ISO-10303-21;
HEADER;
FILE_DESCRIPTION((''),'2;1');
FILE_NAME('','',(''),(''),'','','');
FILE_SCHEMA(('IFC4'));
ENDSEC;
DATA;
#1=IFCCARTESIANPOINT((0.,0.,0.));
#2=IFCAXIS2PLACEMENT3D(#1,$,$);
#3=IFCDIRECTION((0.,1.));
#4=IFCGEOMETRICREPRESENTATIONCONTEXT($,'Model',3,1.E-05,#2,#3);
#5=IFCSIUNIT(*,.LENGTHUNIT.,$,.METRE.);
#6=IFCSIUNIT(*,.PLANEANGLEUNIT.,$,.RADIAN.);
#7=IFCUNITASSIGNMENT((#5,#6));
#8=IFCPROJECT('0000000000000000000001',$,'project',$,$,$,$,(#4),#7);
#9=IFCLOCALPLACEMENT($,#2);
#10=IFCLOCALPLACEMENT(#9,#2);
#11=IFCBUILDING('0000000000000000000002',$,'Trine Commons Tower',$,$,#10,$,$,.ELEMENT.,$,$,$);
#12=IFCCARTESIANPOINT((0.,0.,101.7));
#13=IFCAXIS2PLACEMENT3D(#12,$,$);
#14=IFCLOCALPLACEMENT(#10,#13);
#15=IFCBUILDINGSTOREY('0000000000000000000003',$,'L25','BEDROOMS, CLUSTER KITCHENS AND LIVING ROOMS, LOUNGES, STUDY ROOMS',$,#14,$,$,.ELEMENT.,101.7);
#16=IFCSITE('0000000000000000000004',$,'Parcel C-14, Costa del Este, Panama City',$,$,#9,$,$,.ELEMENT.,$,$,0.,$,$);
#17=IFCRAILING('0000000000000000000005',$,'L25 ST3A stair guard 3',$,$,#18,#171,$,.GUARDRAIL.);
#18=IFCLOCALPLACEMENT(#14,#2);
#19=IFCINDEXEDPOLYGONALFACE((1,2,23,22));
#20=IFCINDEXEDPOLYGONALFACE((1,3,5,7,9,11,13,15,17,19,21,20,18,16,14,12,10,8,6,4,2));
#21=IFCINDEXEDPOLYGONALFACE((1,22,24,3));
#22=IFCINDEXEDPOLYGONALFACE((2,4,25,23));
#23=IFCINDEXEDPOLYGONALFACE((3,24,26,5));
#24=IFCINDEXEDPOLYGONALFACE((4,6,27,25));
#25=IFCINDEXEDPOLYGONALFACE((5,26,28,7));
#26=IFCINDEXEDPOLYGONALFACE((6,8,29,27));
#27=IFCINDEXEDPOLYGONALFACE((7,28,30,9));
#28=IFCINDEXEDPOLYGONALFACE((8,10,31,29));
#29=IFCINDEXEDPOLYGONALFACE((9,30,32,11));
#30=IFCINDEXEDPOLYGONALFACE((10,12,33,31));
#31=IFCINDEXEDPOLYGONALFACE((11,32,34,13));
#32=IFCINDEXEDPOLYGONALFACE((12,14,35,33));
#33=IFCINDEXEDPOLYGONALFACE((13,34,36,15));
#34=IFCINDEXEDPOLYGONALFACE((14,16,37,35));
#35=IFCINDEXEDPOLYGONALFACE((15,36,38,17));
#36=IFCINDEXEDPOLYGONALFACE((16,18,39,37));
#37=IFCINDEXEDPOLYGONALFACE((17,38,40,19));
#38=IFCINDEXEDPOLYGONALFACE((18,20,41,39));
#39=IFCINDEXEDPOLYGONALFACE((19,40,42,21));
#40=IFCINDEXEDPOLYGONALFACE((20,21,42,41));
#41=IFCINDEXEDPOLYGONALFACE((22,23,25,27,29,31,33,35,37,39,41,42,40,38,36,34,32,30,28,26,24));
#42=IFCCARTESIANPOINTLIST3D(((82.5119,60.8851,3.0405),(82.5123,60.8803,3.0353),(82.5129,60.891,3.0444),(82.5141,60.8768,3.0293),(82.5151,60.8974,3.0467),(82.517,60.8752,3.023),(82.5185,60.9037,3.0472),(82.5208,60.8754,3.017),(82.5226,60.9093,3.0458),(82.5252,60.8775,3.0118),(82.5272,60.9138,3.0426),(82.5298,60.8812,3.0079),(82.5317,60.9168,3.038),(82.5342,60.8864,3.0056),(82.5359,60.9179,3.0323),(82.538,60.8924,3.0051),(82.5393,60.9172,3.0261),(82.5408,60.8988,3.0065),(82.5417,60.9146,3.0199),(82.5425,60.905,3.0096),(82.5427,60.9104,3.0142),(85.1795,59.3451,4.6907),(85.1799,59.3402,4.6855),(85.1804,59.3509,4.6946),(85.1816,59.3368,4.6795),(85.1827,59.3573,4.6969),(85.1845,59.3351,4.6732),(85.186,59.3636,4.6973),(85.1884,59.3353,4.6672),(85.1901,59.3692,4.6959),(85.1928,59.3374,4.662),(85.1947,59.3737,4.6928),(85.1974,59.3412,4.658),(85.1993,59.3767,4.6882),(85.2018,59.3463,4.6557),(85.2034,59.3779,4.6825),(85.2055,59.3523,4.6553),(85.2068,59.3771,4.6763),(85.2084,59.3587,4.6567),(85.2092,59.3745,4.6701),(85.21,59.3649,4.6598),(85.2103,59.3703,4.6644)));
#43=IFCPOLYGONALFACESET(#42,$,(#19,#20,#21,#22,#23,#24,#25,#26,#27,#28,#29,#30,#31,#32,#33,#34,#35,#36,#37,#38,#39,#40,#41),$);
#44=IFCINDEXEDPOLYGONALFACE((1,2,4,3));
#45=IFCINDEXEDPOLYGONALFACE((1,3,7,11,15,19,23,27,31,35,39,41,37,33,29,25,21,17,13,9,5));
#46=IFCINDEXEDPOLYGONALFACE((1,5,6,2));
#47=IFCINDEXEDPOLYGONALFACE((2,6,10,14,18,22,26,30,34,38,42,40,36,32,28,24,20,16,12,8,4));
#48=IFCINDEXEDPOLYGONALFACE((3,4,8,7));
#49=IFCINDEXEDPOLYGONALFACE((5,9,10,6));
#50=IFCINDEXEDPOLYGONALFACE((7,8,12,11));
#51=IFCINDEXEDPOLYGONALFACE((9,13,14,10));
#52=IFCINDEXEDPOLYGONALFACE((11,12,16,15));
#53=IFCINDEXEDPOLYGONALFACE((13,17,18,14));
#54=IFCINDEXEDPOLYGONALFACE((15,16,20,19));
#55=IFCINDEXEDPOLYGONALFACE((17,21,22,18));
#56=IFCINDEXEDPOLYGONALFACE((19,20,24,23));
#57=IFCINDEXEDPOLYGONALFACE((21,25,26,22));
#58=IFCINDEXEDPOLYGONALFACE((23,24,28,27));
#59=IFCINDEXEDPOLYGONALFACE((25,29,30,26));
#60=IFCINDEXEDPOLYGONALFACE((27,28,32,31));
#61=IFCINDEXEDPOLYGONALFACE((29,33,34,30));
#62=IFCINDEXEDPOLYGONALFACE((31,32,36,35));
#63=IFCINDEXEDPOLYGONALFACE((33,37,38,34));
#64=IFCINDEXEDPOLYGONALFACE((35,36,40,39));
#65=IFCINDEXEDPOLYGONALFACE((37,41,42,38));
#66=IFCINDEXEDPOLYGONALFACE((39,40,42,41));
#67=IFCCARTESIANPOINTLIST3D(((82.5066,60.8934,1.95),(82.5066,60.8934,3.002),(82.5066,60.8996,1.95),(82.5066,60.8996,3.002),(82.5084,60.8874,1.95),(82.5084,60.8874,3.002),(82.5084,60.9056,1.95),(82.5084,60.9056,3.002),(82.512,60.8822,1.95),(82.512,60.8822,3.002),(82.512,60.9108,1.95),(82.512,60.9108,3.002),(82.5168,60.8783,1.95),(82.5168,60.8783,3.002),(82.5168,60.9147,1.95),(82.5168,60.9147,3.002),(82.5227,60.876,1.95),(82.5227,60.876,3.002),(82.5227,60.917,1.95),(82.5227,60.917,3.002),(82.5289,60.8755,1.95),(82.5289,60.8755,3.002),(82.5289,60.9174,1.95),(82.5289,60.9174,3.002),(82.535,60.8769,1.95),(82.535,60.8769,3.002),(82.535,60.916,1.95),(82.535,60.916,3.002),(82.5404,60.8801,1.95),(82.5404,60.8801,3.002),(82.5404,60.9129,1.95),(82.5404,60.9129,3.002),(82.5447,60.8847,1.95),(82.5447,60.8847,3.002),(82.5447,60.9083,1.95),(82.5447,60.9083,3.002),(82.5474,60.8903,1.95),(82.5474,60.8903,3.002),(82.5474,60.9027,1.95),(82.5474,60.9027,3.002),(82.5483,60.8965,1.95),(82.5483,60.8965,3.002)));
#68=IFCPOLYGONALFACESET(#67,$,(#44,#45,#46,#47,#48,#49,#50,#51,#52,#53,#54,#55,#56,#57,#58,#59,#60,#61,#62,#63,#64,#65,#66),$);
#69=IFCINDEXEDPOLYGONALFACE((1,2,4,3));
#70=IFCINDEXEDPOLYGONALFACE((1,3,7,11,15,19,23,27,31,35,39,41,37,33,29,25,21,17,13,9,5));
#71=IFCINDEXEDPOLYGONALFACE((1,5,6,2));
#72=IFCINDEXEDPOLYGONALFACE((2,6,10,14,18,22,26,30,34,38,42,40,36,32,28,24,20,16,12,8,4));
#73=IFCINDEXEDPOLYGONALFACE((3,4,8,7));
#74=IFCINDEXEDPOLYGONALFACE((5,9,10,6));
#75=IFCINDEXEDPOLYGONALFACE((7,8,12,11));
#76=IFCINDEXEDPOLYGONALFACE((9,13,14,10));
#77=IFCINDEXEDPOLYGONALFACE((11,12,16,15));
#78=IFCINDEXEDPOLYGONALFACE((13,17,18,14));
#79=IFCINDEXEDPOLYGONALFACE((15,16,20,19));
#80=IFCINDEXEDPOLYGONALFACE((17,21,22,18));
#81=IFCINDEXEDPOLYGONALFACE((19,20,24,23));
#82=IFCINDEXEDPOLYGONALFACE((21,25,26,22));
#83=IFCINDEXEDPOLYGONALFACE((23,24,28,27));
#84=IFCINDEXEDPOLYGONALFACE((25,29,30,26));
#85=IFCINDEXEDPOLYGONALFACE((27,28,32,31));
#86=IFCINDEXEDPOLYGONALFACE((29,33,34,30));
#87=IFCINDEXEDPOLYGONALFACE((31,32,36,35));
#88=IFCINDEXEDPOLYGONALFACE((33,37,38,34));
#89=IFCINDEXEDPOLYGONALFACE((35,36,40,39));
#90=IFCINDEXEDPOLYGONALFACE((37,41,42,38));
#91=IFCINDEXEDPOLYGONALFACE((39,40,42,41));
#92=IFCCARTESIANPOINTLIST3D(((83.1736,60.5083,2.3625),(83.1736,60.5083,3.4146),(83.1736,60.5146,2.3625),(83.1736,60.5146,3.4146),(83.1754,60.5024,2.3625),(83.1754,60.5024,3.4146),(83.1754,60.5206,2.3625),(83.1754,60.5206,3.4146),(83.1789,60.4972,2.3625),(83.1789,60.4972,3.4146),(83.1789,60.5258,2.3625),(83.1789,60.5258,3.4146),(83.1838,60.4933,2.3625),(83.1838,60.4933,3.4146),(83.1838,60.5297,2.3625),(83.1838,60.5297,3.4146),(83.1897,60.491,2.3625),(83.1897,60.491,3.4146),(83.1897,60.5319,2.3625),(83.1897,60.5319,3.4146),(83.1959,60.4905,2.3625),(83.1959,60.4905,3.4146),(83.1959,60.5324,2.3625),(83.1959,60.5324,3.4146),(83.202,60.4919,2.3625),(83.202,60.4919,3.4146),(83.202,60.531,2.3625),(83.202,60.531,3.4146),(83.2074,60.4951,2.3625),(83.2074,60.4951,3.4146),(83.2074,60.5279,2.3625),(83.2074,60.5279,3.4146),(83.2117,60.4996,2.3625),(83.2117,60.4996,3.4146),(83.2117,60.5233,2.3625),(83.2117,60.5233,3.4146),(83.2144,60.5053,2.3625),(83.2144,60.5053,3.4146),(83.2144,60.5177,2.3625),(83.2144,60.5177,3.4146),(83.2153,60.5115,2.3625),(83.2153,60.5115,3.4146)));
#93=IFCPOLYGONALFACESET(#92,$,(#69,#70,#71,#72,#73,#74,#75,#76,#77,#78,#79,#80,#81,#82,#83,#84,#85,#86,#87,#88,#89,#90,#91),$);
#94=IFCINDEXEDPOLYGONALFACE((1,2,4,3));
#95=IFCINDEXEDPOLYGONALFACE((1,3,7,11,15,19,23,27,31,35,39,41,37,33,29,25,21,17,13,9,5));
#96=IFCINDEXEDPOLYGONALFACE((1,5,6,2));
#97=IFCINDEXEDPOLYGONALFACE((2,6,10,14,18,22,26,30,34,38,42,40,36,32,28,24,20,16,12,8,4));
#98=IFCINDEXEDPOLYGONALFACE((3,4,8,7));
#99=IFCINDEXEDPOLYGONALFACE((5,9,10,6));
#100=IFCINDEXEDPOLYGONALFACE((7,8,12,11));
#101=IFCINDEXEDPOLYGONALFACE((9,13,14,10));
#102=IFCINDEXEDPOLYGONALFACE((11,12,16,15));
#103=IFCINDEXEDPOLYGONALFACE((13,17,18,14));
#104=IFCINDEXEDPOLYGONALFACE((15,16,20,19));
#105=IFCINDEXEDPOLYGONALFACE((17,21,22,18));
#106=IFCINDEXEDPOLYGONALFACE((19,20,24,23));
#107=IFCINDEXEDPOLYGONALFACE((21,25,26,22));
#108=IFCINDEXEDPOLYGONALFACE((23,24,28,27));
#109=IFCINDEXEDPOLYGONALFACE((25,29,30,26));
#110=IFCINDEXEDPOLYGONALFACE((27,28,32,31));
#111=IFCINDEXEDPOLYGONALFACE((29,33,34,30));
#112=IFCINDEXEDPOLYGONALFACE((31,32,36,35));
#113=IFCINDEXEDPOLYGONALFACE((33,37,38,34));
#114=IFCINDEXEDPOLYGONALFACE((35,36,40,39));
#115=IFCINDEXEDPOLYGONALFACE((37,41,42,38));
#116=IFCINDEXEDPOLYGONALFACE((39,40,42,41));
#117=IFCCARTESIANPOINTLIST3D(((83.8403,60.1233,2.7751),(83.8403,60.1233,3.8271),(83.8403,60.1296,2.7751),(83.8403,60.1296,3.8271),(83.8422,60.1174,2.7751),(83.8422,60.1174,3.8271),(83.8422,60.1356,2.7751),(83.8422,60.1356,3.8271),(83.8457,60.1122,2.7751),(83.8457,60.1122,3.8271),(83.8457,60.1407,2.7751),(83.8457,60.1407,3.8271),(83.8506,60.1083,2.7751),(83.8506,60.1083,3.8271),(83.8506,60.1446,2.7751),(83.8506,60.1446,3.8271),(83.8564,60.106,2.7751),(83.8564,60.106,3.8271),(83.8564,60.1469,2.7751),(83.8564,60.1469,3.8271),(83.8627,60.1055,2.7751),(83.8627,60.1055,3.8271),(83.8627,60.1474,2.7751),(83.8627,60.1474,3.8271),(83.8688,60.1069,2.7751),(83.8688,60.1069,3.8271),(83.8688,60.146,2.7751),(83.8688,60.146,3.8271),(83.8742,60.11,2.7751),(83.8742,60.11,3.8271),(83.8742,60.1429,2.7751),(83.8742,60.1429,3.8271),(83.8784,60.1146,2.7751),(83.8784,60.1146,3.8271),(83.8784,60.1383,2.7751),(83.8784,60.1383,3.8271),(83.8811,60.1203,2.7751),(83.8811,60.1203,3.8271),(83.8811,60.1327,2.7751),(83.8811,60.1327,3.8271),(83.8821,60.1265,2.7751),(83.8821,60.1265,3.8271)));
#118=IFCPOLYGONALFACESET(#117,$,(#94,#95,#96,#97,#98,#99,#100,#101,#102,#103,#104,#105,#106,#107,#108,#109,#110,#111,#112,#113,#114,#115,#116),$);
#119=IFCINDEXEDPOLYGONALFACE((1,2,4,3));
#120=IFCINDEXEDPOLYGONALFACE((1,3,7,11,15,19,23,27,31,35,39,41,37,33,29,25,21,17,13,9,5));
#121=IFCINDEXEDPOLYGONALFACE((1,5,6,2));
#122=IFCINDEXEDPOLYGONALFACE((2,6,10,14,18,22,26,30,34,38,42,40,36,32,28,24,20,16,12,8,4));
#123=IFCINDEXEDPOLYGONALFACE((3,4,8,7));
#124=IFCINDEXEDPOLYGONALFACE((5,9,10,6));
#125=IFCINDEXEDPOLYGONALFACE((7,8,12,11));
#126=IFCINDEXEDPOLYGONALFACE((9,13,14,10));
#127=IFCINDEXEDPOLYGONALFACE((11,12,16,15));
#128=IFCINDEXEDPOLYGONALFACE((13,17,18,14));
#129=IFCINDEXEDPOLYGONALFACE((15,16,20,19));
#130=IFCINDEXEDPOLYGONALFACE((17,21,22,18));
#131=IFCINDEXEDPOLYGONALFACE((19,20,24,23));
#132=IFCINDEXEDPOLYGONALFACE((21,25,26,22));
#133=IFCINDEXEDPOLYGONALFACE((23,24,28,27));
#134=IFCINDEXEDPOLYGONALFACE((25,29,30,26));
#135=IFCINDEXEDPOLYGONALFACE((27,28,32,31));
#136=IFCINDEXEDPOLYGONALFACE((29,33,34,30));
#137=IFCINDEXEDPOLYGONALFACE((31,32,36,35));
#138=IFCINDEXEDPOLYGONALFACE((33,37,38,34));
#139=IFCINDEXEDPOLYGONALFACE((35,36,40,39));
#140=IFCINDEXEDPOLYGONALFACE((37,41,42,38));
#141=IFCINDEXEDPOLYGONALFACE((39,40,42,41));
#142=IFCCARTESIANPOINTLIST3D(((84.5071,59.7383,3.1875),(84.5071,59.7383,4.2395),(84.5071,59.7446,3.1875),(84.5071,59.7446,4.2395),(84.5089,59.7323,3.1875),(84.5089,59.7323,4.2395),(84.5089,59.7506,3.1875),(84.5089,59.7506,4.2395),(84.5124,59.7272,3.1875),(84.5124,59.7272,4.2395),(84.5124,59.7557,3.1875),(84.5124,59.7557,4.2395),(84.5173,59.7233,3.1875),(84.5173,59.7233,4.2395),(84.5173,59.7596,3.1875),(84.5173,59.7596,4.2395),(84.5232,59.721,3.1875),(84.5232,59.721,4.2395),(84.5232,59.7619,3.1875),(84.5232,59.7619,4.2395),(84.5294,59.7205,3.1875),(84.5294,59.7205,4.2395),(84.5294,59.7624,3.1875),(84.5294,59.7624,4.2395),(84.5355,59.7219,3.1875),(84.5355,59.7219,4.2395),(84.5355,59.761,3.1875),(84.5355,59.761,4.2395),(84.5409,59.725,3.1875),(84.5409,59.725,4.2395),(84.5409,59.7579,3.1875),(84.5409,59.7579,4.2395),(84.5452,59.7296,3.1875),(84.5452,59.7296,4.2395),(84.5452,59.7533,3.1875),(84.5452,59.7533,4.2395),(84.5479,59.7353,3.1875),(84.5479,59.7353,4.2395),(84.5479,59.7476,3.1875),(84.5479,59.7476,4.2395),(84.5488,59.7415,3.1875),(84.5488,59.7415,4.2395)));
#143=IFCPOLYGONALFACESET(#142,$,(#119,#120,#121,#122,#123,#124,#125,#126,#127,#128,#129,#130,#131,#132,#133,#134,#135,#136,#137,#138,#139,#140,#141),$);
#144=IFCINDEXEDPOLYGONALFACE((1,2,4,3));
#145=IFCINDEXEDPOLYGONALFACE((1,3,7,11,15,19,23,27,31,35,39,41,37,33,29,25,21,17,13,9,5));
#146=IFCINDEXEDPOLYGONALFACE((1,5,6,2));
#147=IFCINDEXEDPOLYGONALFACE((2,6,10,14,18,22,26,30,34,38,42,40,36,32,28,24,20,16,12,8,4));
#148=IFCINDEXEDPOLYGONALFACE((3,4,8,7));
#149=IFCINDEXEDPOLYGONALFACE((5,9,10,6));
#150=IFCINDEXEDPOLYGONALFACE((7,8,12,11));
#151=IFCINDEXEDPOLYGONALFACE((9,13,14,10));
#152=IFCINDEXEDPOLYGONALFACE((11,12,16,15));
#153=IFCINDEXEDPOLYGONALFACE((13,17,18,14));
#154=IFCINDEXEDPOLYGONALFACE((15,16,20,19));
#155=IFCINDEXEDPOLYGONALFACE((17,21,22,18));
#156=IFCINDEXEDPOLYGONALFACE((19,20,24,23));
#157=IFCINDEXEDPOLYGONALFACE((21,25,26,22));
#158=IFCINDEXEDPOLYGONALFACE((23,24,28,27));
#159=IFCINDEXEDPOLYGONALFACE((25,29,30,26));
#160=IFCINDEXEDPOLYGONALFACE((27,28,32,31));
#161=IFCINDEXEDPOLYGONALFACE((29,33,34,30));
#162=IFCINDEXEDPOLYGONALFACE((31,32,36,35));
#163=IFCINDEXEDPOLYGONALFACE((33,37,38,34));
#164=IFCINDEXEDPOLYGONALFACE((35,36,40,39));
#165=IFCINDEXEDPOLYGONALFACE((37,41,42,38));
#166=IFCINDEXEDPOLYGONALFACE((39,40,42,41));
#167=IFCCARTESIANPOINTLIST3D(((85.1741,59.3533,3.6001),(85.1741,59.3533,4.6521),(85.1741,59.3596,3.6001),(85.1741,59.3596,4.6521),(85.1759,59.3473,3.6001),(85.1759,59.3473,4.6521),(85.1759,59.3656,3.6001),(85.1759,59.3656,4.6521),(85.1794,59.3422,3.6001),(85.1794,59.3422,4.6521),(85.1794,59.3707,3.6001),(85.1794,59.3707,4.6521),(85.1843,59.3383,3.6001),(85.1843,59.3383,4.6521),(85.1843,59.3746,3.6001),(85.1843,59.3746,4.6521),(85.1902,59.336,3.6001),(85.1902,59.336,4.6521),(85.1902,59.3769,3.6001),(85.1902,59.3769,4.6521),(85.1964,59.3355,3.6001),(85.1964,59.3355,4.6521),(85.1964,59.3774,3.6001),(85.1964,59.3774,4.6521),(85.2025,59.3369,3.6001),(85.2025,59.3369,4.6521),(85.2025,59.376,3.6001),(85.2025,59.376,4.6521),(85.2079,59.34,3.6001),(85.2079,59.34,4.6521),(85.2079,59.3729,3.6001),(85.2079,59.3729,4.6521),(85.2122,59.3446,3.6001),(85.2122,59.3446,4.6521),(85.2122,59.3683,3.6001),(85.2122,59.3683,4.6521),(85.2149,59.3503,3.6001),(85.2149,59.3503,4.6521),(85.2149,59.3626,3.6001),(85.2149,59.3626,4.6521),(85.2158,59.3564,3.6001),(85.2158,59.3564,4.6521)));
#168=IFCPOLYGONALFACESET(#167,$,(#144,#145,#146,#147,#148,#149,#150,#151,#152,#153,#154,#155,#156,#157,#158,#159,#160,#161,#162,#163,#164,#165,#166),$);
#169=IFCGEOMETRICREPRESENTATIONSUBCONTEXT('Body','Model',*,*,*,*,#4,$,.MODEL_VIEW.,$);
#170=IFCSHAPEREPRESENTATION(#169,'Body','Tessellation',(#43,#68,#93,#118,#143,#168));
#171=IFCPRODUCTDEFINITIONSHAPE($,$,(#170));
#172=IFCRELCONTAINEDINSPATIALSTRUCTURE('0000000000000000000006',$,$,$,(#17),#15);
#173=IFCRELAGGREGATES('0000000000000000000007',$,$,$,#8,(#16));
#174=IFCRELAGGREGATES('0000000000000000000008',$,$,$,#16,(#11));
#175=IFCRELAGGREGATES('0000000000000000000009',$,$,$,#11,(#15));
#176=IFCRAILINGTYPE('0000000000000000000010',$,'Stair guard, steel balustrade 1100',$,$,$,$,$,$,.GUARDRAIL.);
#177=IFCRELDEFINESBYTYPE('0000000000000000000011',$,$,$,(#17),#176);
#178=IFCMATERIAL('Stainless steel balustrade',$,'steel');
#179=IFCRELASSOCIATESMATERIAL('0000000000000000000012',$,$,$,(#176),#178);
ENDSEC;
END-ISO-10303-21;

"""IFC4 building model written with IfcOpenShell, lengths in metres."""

from ifc_helpers import new_model, si_unit, direction, frame, origin, origin_2d, place, context, subcontext, project, spatial, circle, extrude, material, type_object, element, save


model = new_model("IFC4")

# Units and contexts
model_context = context("Model", 3, precision=1e-05, world=origin(), true_north=direction((0.0, 1.0)))
body_context = subcontext(model_context, "Body", "Model", "MODEL_VIEW")
ifc_project = project(units=[si_unit("LENGTHUNIT", "METRE"), si_unit("PLANEANGLEUNIT", "RADIAN")], contexts=[model_context])

# Site, building, storey
site_placement = place(None, origin())
site = spatial("IfcSite", under=ifc_project, at=site_placement, Name="Parcel C-14, Costa del Este, Panama City", CompositionType="ELEMENT", RefElevation=0.0)
building_placement = place(site_placement, origin())
building = spatial("IfcBuilding", under=site, at=building_placement, Name="Trine Commons Tower", CompositionType="ELEMENT")
storey_placement = place(building_placement, frame((0.0, 0.0, 101.7)))
storey = spatial("IfcBuildingStorey", under=building, at=storey_placement, Name="L25", Description="BEDROOMS, CLUSTER KITCHENS AND LIVING ROOMS, LOUNGES, STUDY ROOMS", CompositionType="ELEMENT", Elevation=101.7)

# Railing
ifc_material_1 = material(Name="Stainless steel balustrade", Category="steel")
railing_type_1 = type_object("IfcRailingType", Name="Stair guard, steel balustrade 1100", PredefinedType="GUARDRAIL", material=ifc_material_1)
railing_1_placement = place(storey_placement, frame((82.5273, 60.8965, 1.95)))
element("IfcRailing", 1, at=railing_1_placement, inside=storey, type_object=railing_type_1, Name="L25 ST3A stair guard 3", PredefinedType="GUARDRAIL", context=body_context, shape_type="SweptSolid", body=[
    extrude(circle(Radius=0.0239, at=origin_2d()), frame((0.0, 0.0, 1.0762), z_axis=(0.76338, -0.440728, 0.472239), x_axis=(0.499992, 0.86603, 0.0)), (0.0, 0.0, 1.0), 3.4944),
    extrude(circle(Radius=0.021, at=origin_2d()), origin(), (0.0, 0.0, 1.0), 1.052),
    extrude(circle(Radius=0.021, at=origin_2d()), frame((0.667, -0.385, 0.4126)), (0.0, 0.0, 1.0), 1.052),
    extrude(circle(Radius=0.021, at=origin_2d()), frame((1.3337, -0.77, 0.8252)), (0.0, 0.0, 1.0), 1.052),
    extrude(circle(Radius=0.021, at=origin_2d()), frame((2.0005, -1.155, 1.2375)), (0.0, 0.0, 1.0), 1.052),
    extrude(circle(Radius=0.021, at=origin_2d()), frame((2.6675, -1.54, 1.6501)), (0.0, 0.0, 1.0), 1.052),
])

save(model, "model.ifc")
